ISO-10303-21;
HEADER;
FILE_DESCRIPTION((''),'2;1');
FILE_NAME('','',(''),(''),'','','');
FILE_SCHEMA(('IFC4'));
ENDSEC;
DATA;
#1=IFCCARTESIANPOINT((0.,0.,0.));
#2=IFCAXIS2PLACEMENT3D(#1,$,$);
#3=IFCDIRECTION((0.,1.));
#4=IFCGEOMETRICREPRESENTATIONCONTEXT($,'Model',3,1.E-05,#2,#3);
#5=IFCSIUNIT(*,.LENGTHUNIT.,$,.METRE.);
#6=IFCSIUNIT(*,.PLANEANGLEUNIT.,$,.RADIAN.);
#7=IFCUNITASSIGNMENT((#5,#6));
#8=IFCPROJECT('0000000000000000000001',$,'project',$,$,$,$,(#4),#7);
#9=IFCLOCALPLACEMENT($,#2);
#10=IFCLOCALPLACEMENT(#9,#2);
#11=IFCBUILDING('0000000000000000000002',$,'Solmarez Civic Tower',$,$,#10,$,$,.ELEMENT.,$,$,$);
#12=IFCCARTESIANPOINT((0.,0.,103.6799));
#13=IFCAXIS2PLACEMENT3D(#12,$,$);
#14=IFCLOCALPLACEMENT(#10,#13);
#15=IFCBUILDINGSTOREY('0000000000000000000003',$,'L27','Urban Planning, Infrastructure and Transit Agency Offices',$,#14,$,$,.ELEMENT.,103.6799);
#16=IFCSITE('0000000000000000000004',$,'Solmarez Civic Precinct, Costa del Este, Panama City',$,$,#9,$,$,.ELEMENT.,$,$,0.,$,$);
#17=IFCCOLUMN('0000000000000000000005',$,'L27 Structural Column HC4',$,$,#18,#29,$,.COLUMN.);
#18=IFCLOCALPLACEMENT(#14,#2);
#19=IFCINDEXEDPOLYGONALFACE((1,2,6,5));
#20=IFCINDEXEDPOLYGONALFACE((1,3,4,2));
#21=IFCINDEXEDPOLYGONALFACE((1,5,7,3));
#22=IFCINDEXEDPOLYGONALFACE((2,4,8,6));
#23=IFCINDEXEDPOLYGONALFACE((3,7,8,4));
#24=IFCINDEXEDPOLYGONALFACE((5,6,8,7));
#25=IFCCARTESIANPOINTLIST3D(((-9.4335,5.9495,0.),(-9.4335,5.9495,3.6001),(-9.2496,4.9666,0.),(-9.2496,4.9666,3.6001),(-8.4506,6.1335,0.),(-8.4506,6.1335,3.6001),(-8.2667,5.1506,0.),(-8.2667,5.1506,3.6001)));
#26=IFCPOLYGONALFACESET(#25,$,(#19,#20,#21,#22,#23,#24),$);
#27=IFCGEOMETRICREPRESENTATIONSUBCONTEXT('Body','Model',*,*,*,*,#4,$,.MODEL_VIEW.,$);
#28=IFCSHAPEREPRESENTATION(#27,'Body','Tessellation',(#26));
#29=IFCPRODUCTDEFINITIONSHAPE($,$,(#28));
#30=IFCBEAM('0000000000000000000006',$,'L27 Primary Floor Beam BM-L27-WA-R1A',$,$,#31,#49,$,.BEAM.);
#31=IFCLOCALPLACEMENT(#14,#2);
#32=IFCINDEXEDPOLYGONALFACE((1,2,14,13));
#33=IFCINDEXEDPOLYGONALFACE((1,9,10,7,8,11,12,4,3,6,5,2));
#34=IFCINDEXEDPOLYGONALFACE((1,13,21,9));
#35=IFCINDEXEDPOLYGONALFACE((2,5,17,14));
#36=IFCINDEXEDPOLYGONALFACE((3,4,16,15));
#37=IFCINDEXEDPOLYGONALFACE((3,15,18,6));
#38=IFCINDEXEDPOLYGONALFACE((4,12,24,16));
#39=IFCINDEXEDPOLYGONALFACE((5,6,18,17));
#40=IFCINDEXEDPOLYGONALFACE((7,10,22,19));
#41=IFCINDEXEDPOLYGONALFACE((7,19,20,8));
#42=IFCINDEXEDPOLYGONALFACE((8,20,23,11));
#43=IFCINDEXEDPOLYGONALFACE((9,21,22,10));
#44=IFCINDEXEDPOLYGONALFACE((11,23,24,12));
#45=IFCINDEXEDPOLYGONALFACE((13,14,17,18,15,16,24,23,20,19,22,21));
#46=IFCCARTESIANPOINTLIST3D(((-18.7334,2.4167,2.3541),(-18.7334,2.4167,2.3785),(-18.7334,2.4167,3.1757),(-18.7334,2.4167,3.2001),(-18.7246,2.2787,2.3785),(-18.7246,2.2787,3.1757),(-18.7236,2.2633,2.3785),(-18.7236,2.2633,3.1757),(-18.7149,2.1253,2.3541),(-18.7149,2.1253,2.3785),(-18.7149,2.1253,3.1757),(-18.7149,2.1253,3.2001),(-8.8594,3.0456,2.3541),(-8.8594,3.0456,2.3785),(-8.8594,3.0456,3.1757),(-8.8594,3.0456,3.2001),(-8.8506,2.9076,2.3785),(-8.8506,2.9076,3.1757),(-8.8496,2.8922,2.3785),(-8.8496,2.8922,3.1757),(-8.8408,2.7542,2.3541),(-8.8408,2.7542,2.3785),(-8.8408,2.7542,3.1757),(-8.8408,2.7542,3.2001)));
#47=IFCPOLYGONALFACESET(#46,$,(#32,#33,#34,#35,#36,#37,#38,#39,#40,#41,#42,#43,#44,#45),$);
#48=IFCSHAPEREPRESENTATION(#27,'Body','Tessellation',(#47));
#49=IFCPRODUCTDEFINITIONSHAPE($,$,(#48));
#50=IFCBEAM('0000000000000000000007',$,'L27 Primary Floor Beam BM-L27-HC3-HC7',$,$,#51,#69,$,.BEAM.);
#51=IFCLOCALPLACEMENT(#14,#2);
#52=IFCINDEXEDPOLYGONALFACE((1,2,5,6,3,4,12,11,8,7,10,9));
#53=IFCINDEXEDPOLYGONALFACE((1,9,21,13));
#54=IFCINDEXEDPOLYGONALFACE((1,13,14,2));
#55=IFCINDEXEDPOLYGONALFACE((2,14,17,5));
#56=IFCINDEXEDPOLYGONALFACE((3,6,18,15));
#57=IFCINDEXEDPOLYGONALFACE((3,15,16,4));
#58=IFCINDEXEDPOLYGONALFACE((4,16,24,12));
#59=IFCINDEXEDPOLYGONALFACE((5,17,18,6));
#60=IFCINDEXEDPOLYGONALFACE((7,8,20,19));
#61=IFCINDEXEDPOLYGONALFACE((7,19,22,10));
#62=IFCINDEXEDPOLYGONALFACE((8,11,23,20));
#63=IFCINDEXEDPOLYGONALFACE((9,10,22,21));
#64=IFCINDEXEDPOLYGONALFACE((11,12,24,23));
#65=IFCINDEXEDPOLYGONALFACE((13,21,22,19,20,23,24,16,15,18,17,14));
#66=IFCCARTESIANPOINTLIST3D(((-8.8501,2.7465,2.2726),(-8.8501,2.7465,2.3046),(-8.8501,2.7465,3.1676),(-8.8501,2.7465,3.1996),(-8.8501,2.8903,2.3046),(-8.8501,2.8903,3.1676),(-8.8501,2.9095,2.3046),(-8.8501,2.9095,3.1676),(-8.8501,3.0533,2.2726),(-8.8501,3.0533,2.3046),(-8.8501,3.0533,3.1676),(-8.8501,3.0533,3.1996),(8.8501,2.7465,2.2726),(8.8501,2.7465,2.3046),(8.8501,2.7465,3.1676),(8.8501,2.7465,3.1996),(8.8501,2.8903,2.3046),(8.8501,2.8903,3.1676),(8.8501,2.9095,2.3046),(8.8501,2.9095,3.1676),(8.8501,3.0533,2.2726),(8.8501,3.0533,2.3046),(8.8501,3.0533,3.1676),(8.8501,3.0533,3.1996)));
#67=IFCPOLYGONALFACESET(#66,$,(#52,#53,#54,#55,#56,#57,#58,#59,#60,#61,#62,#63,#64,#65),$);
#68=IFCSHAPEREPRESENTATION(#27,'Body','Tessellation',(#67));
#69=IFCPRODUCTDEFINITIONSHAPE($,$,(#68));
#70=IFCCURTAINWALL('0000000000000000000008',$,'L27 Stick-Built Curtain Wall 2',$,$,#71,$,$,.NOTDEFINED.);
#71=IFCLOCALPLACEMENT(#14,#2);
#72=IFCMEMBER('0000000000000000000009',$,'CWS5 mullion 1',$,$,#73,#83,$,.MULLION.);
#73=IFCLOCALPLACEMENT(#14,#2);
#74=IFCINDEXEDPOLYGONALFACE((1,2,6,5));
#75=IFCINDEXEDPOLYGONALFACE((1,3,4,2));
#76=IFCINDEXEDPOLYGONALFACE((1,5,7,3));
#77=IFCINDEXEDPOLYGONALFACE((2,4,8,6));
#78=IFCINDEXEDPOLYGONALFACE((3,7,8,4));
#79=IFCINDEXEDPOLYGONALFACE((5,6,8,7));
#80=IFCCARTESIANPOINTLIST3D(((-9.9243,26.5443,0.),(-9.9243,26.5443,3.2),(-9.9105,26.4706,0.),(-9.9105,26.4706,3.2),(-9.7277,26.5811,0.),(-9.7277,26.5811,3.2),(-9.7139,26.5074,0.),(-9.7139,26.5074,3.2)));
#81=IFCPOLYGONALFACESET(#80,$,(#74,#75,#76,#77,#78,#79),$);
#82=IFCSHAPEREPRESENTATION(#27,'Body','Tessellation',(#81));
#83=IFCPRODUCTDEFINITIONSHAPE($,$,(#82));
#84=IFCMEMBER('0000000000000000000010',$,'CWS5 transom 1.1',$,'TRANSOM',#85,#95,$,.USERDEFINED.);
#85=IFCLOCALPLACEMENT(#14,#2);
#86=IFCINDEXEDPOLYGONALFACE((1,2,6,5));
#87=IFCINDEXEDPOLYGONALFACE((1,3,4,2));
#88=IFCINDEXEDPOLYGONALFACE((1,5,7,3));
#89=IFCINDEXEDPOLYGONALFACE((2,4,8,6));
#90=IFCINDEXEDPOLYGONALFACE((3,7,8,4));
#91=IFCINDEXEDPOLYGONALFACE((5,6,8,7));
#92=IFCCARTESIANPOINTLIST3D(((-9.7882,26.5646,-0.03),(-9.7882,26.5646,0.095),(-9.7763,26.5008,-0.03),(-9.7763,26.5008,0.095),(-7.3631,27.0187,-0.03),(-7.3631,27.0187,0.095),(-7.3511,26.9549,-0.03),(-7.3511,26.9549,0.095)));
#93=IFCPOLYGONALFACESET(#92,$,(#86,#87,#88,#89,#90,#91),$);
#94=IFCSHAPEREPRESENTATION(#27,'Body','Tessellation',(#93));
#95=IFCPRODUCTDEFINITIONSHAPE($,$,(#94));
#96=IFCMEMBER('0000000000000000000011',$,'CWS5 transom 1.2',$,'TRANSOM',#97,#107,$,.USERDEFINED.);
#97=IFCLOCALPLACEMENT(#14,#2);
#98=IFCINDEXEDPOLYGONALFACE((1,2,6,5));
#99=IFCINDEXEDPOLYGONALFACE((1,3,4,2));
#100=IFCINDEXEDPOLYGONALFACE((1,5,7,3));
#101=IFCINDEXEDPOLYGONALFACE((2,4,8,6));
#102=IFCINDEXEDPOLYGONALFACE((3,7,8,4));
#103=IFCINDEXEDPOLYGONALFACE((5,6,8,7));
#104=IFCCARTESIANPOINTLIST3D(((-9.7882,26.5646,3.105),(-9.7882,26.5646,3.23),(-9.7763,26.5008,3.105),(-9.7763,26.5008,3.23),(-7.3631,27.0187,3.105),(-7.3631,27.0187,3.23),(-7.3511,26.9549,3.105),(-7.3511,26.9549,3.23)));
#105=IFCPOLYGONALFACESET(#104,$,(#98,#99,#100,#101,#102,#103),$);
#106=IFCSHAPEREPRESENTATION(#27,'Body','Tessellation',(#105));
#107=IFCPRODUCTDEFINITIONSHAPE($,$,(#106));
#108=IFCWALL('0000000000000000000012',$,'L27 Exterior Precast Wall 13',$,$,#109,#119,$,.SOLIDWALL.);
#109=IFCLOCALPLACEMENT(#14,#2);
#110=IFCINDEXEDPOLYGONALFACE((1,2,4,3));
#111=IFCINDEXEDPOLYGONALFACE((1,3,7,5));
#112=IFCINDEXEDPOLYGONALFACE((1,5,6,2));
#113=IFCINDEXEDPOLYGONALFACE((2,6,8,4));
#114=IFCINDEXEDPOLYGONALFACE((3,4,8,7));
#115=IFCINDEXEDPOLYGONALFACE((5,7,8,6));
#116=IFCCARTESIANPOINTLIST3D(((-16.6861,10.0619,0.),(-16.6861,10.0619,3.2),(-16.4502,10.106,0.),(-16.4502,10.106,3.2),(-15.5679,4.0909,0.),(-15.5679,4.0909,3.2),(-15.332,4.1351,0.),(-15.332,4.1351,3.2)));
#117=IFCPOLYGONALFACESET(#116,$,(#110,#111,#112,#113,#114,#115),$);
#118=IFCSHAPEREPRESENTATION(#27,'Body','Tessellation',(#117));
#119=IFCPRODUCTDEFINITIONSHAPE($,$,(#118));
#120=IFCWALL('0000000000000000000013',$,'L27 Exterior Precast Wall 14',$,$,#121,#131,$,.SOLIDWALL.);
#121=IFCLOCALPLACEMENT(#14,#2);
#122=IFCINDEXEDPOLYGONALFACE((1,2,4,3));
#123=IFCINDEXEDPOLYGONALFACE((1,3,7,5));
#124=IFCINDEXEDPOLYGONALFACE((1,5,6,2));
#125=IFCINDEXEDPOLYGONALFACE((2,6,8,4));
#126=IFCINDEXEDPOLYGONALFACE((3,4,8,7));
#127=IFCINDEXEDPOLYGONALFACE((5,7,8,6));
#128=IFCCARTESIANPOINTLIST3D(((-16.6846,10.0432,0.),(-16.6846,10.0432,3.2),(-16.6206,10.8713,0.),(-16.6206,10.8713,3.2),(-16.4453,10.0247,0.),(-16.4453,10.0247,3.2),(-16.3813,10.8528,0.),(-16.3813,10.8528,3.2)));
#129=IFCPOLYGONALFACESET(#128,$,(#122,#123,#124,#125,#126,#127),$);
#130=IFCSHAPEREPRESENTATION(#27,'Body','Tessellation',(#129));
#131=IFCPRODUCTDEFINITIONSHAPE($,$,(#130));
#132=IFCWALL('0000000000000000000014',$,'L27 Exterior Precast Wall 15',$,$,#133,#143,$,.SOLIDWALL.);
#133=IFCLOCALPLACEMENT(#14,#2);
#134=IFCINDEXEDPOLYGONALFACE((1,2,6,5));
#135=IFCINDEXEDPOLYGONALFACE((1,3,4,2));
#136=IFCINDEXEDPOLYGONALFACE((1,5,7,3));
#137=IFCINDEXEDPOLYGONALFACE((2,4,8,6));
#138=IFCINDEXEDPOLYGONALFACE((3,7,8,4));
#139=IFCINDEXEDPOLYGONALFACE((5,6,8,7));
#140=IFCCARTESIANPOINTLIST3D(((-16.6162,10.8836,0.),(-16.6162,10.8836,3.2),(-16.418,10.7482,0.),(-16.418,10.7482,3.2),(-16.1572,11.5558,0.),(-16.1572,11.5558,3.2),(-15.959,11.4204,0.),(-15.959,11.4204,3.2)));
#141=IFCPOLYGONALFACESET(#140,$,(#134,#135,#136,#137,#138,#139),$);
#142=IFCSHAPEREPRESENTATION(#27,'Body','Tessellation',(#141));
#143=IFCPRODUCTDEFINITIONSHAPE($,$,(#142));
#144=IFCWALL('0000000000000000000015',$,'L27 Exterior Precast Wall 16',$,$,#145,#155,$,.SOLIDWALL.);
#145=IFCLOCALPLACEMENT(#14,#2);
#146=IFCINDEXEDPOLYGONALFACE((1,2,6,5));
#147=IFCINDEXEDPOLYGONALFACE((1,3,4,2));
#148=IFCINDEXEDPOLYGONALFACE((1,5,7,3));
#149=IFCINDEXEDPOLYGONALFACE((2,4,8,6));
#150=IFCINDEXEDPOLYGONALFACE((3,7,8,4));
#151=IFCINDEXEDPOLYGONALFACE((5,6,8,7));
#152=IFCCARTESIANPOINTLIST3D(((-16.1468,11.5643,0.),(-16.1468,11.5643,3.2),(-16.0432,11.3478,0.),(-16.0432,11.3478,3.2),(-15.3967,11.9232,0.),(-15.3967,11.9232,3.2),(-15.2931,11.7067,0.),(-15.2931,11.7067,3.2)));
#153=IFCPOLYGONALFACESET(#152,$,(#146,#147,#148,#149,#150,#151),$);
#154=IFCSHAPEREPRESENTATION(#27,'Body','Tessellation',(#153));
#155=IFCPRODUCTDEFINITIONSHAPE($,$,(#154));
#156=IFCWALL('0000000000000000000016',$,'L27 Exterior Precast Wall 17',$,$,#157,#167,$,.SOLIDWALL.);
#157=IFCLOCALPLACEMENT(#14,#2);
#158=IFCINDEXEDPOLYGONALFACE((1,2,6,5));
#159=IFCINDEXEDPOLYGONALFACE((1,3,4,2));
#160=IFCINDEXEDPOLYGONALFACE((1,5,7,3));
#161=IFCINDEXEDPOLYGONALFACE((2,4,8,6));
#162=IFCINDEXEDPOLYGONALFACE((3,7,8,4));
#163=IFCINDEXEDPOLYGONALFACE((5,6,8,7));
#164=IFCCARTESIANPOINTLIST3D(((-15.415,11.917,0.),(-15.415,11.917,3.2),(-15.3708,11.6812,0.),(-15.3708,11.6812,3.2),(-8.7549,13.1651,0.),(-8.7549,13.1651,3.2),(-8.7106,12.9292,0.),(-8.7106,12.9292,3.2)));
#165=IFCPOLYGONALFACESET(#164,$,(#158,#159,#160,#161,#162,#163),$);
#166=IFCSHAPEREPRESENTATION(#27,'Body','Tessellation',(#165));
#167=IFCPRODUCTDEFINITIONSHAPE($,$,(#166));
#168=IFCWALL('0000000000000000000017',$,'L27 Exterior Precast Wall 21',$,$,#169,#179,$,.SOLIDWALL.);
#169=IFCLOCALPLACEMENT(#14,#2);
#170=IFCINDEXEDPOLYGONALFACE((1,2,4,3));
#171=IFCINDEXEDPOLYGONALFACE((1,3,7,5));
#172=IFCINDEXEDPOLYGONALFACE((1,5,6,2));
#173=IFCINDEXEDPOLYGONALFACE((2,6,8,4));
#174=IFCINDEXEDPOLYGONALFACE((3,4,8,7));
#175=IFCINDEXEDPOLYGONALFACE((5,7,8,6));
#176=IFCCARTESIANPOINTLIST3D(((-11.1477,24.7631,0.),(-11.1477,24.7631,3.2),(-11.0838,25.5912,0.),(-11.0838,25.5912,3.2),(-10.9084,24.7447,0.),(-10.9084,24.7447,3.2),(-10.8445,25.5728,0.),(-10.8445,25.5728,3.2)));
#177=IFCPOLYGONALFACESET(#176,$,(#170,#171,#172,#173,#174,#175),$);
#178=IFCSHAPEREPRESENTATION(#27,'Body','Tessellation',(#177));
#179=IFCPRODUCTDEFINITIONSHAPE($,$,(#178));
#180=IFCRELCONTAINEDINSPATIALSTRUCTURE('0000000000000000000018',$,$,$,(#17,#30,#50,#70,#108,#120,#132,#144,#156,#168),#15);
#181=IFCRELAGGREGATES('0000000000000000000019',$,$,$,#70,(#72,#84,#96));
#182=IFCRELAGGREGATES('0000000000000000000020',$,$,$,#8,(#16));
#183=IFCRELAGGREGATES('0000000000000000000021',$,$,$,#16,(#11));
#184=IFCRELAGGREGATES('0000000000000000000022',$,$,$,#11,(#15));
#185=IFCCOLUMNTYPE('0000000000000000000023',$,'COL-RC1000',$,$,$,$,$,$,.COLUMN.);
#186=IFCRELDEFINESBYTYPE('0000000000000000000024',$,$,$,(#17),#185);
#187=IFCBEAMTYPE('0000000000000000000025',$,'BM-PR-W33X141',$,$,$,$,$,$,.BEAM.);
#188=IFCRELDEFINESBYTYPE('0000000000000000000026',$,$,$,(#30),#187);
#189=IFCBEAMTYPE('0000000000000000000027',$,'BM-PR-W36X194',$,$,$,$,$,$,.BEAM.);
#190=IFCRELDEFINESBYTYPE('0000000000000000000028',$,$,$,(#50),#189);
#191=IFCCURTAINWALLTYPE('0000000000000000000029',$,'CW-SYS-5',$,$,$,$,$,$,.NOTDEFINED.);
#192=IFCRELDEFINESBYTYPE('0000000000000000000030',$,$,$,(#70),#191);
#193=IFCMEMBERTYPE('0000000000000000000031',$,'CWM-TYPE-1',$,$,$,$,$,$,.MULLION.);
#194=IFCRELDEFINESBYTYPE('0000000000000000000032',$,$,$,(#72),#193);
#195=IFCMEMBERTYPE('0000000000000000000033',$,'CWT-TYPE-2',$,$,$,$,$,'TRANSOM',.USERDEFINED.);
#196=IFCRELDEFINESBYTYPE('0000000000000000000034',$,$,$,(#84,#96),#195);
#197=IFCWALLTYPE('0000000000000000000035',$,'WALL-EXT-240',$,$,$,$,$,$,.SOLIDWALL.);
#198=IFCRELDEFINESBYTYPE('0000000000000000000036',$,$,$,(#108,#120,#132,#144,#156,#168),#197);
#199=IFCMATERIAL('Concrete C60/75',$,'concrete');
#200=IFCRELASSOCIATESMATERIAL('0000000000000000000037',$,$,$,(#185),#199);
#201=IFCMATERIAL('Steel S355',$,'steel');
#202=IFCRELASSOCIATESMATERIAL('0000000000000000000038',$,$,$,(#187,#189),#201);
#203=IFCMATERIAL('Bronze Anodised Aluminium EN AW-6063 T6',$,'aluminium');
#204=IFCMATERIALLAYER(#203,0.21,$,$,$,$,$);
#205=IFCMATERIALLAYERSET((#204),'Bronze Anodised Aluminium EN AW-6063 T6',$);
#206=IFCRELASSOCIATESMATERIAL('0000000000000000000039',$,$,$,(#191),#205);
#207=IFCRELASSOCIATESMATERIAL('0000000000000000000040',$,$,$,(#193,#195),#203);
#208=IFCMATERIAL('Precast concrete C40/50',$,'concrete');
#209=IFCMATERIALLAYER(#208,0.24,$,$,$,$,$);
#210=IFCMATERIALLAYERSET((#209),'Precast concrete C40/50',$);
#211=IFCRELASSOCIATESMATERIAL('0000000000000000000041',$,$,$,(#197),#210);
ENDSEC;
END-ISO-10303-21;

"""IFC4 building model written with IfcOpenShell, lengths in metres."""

from ifc_helpers import new_model, si_unit, direction, frame, frame_2d, origin, origin_2d, place, context, subcontext, project, spatial, rectangle, i_section, extrude, material, layer, layer_set, material_profile, profile_set, type_object, element, aggregate, save


model = new_model("IFC4")

# Units and contexts
model_context = context("Model", 3, precision=1e-05, world=origin(), true_north=direction((0.0, 1.0)))
body_context = subcontext(model_context, "Body", "Model", "MODEL_VIEW")
ifc_project = project(units=[si_unit("LENGTHUNIT", "METRE"), si_unit("PLANEANGLEUNIT", "RADIAN")], contexts=[model_context])

# Site, building, storey
site_placement = place(None, origin())
site = spatial("IfcSite", under=ifc_project, at=site_placement, Name="Solmarez Civic Precinct, Costa del Este, Panama City", CompositionType="ELEMENT", RefElevation=0.0)
building_placement = place(site_placement, origin())
building = spatial("IfcBuilding", under=site, at=building_placement, Name="Solmarez Civic Tower", CompositionType="ELEMENT")
storey_placement = place(building_placement, frame((0.0, 0.0, 103.6799)))
storey = spatial("IfcBuildingStorey", under=building, at=storey_placement, Name="L27", Description="Urban Planning, Infrastructure and Transit Agency Offices", CompositionType="ELEMENT", Elevation=103.6799)

# Column
ifc_material_1 = material(Name="Concrete C60/75", Category="concrete")
ifc_material_profile_1 = material_profile(ifc_material_1, rectangle(XDim=1.0, YDim=1.0, at=origin_2d()), Name="RC1000X1000")
ifc_profile_set_1 = profile_set([ifc_material_profile_1], Name="Concrete C60/75")
column_type = type_object("IfcColumnType", Name="COL-RC1000", PredefinedType="COLUMN", material=ifc_profile_set_1)
column_placement = place(storey_placement, frame((-8.8501, 5.55, 0.0), z_axis=(0.0, 0.0, 1.0), x_axis=(0.982935, 0.183951, 0.0)))
element("IfcColumn", 1, at=column_placement, inside=storey, type_object=column_type, Name="L27 Structural Column HC4", PredefinedType="COLUMN", context=body_context, shape_type="SweptSolid", body=[
    extrude(rectangle(XDim=1.0, YDim=1.0, at=origin_2d()), origin(), (0.0, 0.0, 1.0), 3.6001),
])

# Beams
ifc_material_2 = material(Name="Steel S355", Category="steel")
ifc_material_profile_2 = material_profile(ifc_material_2, i_section(OverallWidth=0.292, OverallDepth=0.8459, WebThickness=0.0154, FlangeThickness=0.0244, at=origin_2d()), Name="W33X141")
ifc_profile_set_2 = profile_set([ifc_material_profile_2], Name="Steel S355")
beam_type_1 = type_object("IfcBeamType", Name="BM-PR-W33X141", PredefinedType="BEAM", material=ifc_profile_set_2)
beam_1_placement = place(storey_placement, frame((-8.8501, 2.8999, 2.7771), z_axis=(-0.997978, -0.063564, 0.0), x_axis=(0.063564, -0.997978, 0.0)))
element("IfcBeam", 2, at=beam_1_placement, inside=storey, type_object=beam_type_1, Name="L27 Primary Floor Beam BM-L27-WA-R1A", PredefinedType="BEAM", context=body_context, shape_type="SweptSolid", body=[
    extrude(i_section(OverallWidth=0.292, OverallDepth=0.8459, WebThickness=0.0154, FlangeThickness=0.0244, at=origin_2d()), origin(), (0.0, 0.0, 1.0), 9.894),
])
ifc_material_profile_3 = material_profile(ifc_material_2, i_section(OverallWidth=0.3069, OverallDepth=0.927, WebThickness=0.0193, FlangeThickness=0.032, at=origin_2d()), Name="W36X194")
ifc_profile_set_3 = profile_set([ifc_material_profile_3], Name="Steel S355")
beam_type_2 = type_object("IfcBeamType", Name="BM-PR-W36X194", PredefinedType="BEAM", material=ifc_profile_set_3)
beam_2_placement = place(storey_placement, frame((-8.8501, 2.8999, 2.7361), z_axis=(1.0, 0.0, 0.0), x_axis=(0.0, 1.0, 0.0)))
element("IfcBeam", 3, at=beam_2_placement, inside=storey, type_object=beam_type_2, Name="L27 Primary Floor Beam BM-L27-HC3-HC7", PredefinedType="BEAM", context=body_context, shape_type="SweptSolid", body=[
    extrude(i_section(OverallWidth=0.3069, OverallDepth=0.927, WebThickness=0.0193, FlangeThickness=0.032, at=origin_2d()), origin(), (0.0, 0.0, 1.0), 17.7002),
])

# Curtain wall, members
ifc_material_3 = material(Name="Bronze Anodised Aluminium EN AW-6063 T6", Category="aluminium")
ifc_layer_1 = layer(ifc_material_3, 0.21)
ifc_layer_set_1 = layer_set([ifc_layer_1], Name="Bronze Anodised Aluminium EN AW-6063 T6")
curtain_wall_type = type_object("IfcCurtainWallType", Name="CW-SYS-5", PredefinedType="NOTDEFINED", material=ifc_layer_set_1)
curtain_wall_placement = place(storey_placement, origin())
curtain_wall = element("IfcCurtainWall", 4, at=curtain_wall_placement, inside=storey, type_object=curtain_wall_type, Name="L27 Stick-Built Curtain Wall 2", PredefinedType="NOTDEFINED")
ifc_material_profile_4 = material_profile(ifc_material_3, rectangle(XDim=0.075, YDim=0.2, at=origin_2d()), Name="CWM-75X200")
ifc_profile_set_4 = profile_set([ifc_material_profile_4], Name="Bronze Anodised Aluminium EN AW-6063 T6")
member_type_1 = type_object("IfcMemberType", Name="CWM-TYPE-1", PredefinedType="MULLION", material=ifc_profile_set_4)
member_1_placement = place(storey_placement, frame((-9.8191, 26.5259, 0.0), z_axis=(0.0, 0.0, 1.0), x_axis=(-0.184025, 0.982922, 0.0)))
member_1 = element("IfcMember", 5, at=member_1_placement, type_object=member_type_1, Name="CWS5 mullion 1", PredefinedType="MULLION", context=body_context, shape_type="SweptSolid", body=[
    extrude(rectangle(XDim=0.075, YDim=0.2, at=origin_2d()), origin(), (0.0, 0.0, 1.0), 3.2),
])
ifc_material_profile_5 = material_profile(ifc_material_3, rectangle(XDim=0.0649, YDim=0.125, at=origin_2d()), Name="CWT-65X125")
ifc_profile_set_5 = profile_set([ifc_material_profile_5], Name="Bronze Anodised Aluminium EN AW-6063 T6")
member_type_2 = type_object("IfcMemberType", Name="CWT-TYPE-2", ElementType="TRANSOM", PredefinedType="USERDEFINED", material=ifc_profile_set_5)
member_2_placement = place(storey_placement, frame((-9.7822, 26.5327, 0.0325), z_axis=(0.982916, 0.184056, 0.0), x_axis=(-0.184056, 0.982916, 0.0)))
member_2 = element("IfcMember", 6, at=member_2_placement, type_object=member_type_2, Name="CWS5 transom 1.1", ObjectType="TRANSOM", PredefinedType="USERDEFINED", context=body_context, shape_type="SweptSolid", body=[
    extrude(rectangle(XDim=0.0649, YDim=0.125, at=origin_2d()), origin(), (0.0, 0.0, 1.0), 2.4673),
])
member_3_placement = place(storey_placement, frame((-9.7822, 26.5327, 3.1675), z_axis=(0.982916, 0.184056, 0.0), x_axis=(-0.184056, 0.982916, 0.0)))
member_3 = element("IfcMember", 7, at=member_3_placement, type_object=member_type_2, Name="CWS5 transom 1.2", ObjectType="TRANSOM", PredefinedType="USERDEFINED", context=body_context, shape_type="SweptSolid", body=[
    extrude(rectangle(XDim=0.0649, YDim=0.125, at=origin_2d()), origin(), (0.0, 0.0, 1.0), 2.4673),
])
aggregate(curtain_wall, [member_1, member_2, member_3])

# Walls
ifc_material_4 = material(Name="Precast concrete C40/50", Category="concrete")
ifc_layer_2 = layer(ifc_material_4, 0.24)
ifc_layer_set_2 = layer_set([ifc_layer_2], Name="Precast concrete C40/50")
wall_type_1 = type_object("IfcWallType", Name="WALL-EXT-240", PredefinedType="SOLIDWALL", material=ifc_layer_set_2)
wall_1_placement = place(storey_placement, frame((-15.45, 4.113, 0.0), z_axis=(0.0, 0.0, 1.0), x_axis=(-0.184068, 0.982914, 0.0)))
element("IfcWall", 8, at=wall_1_placement, inside=storey, type_object=wall_type_1, Name="L27 Exterior Precast Wall 13", PredefinedType="SOLIDWALL", context=body_context, shape_type="SweptSolid", body=[
    extrude(rectangle(XDim=6.0747, YDim=0.24, at=frame_2d((3.0374, 0.0))), origin(), (0.0, 0.0, 1.0), 3.2),
])
wall_2_placement = place(storey_placement, frame((-16.5649, 10.0339, 0.0), z_axis=(0.0, 0.0, 1.0), x_axis=(0.077011, 0.99703, 0.0)))
element("IfcWall", 9, at=wall_2_placement, inside=storey, type_object=wall_type_1, Name="L27 Exterior Precast Wall 14", PredefinedType="SOLIDWALL", context=body_context, shape_type="SweptSolid", body=[
    extrude(rectangle(XDim=0.8306, YDim=0.24, at=frame_2d((0.4153, 0.0))), origin(), (0.0, 0.0, 1.0), 3.2),
])
wall_3_placement = place(storey_placement, frame((-16.5171, 10.8159, 0.0), z_axis=(0.0, 0.0, 1.0), x_axis=(0.563942, 0.825815, 0.0)))
element("IfcWall", 10, at=wall_3_placement, inside=storey, type_object=wall_type_1, Name="L27 Exterior Precast Wall 15", PredefinedType="SOLIDWALL", context=body_context, shape_type="SweptSolid", body=[
    extrude(rectangle(XDim=0.814, YDim=0.24, at=frame_2d((0.407, 0.0))), origin(), (0.0, 0.0, 1.0), 3.2),
])
wall_4_placement = place(storey_placement, frame((-16.095, 11.4561, 0.0), z_axis=(0.0, 0.0, 1.0), x_axis=(0.902045, 0.431643, 0.0)))
element("IfcWall", 11, at=wall_4_placement, inside=storey, type_object=wall_type_1, Name="L27 Exterior Precast Wall 16", PredefinedType="SOLIDWALL", context=body_context, shape_type="SweptSolid", body=[
    extrude(rectangle(XDim=0.8315, YDim=0.24, at=frame_2d((0.4158, 0.0))), origin(), (0.0, 0.0, 1.0), 3.2),
])
wall_5_placement = place(storey_placement, frame((-15.3931, 11.7991, 0.0), z_axis=(0.0, 0.0, 1.0), x_axis=(0.982892, 0.184184, 0.0)))
element("IfcWall", 12, at=wall_5_placement, inside=storey, type_object=wall_type_1, Name="L27 Exterior Precast Wall 17", PredefinedType="SOLIDWALL", context=body_context, shape_type="SweptSolid", body=[
    extrude(rectangle(XDim=6.7761, YDim=0.24, at=frame_2d((3.3882, 0.0))), origin(), (0.0, 0.0, 1.0), 3.2),
])
wall_6_placement = place(storey_placement, frame((-11.0281, 24.7539, 0.0), z_axis=(0.0, 0.0, 1.0), x_axis=(0.077011, 0.99703, 0.0)))
element("IfcWall", 13, at=wall_6_placement, inside=storey, type_object=wall_type_1, Name="L27 Exterior Precast Wall 21", PredefinedType="SOLIDWALL", context=body_context, shape_type="SweptSolid", body=[
    extrude(rectangle(XDim=0.8306, YDim=0.24, at=frame_2d((0.4153, 0.0))), origin(), (0.0, 0.0, 1.0), 3.2),
])

save(model, "model.ifc")
